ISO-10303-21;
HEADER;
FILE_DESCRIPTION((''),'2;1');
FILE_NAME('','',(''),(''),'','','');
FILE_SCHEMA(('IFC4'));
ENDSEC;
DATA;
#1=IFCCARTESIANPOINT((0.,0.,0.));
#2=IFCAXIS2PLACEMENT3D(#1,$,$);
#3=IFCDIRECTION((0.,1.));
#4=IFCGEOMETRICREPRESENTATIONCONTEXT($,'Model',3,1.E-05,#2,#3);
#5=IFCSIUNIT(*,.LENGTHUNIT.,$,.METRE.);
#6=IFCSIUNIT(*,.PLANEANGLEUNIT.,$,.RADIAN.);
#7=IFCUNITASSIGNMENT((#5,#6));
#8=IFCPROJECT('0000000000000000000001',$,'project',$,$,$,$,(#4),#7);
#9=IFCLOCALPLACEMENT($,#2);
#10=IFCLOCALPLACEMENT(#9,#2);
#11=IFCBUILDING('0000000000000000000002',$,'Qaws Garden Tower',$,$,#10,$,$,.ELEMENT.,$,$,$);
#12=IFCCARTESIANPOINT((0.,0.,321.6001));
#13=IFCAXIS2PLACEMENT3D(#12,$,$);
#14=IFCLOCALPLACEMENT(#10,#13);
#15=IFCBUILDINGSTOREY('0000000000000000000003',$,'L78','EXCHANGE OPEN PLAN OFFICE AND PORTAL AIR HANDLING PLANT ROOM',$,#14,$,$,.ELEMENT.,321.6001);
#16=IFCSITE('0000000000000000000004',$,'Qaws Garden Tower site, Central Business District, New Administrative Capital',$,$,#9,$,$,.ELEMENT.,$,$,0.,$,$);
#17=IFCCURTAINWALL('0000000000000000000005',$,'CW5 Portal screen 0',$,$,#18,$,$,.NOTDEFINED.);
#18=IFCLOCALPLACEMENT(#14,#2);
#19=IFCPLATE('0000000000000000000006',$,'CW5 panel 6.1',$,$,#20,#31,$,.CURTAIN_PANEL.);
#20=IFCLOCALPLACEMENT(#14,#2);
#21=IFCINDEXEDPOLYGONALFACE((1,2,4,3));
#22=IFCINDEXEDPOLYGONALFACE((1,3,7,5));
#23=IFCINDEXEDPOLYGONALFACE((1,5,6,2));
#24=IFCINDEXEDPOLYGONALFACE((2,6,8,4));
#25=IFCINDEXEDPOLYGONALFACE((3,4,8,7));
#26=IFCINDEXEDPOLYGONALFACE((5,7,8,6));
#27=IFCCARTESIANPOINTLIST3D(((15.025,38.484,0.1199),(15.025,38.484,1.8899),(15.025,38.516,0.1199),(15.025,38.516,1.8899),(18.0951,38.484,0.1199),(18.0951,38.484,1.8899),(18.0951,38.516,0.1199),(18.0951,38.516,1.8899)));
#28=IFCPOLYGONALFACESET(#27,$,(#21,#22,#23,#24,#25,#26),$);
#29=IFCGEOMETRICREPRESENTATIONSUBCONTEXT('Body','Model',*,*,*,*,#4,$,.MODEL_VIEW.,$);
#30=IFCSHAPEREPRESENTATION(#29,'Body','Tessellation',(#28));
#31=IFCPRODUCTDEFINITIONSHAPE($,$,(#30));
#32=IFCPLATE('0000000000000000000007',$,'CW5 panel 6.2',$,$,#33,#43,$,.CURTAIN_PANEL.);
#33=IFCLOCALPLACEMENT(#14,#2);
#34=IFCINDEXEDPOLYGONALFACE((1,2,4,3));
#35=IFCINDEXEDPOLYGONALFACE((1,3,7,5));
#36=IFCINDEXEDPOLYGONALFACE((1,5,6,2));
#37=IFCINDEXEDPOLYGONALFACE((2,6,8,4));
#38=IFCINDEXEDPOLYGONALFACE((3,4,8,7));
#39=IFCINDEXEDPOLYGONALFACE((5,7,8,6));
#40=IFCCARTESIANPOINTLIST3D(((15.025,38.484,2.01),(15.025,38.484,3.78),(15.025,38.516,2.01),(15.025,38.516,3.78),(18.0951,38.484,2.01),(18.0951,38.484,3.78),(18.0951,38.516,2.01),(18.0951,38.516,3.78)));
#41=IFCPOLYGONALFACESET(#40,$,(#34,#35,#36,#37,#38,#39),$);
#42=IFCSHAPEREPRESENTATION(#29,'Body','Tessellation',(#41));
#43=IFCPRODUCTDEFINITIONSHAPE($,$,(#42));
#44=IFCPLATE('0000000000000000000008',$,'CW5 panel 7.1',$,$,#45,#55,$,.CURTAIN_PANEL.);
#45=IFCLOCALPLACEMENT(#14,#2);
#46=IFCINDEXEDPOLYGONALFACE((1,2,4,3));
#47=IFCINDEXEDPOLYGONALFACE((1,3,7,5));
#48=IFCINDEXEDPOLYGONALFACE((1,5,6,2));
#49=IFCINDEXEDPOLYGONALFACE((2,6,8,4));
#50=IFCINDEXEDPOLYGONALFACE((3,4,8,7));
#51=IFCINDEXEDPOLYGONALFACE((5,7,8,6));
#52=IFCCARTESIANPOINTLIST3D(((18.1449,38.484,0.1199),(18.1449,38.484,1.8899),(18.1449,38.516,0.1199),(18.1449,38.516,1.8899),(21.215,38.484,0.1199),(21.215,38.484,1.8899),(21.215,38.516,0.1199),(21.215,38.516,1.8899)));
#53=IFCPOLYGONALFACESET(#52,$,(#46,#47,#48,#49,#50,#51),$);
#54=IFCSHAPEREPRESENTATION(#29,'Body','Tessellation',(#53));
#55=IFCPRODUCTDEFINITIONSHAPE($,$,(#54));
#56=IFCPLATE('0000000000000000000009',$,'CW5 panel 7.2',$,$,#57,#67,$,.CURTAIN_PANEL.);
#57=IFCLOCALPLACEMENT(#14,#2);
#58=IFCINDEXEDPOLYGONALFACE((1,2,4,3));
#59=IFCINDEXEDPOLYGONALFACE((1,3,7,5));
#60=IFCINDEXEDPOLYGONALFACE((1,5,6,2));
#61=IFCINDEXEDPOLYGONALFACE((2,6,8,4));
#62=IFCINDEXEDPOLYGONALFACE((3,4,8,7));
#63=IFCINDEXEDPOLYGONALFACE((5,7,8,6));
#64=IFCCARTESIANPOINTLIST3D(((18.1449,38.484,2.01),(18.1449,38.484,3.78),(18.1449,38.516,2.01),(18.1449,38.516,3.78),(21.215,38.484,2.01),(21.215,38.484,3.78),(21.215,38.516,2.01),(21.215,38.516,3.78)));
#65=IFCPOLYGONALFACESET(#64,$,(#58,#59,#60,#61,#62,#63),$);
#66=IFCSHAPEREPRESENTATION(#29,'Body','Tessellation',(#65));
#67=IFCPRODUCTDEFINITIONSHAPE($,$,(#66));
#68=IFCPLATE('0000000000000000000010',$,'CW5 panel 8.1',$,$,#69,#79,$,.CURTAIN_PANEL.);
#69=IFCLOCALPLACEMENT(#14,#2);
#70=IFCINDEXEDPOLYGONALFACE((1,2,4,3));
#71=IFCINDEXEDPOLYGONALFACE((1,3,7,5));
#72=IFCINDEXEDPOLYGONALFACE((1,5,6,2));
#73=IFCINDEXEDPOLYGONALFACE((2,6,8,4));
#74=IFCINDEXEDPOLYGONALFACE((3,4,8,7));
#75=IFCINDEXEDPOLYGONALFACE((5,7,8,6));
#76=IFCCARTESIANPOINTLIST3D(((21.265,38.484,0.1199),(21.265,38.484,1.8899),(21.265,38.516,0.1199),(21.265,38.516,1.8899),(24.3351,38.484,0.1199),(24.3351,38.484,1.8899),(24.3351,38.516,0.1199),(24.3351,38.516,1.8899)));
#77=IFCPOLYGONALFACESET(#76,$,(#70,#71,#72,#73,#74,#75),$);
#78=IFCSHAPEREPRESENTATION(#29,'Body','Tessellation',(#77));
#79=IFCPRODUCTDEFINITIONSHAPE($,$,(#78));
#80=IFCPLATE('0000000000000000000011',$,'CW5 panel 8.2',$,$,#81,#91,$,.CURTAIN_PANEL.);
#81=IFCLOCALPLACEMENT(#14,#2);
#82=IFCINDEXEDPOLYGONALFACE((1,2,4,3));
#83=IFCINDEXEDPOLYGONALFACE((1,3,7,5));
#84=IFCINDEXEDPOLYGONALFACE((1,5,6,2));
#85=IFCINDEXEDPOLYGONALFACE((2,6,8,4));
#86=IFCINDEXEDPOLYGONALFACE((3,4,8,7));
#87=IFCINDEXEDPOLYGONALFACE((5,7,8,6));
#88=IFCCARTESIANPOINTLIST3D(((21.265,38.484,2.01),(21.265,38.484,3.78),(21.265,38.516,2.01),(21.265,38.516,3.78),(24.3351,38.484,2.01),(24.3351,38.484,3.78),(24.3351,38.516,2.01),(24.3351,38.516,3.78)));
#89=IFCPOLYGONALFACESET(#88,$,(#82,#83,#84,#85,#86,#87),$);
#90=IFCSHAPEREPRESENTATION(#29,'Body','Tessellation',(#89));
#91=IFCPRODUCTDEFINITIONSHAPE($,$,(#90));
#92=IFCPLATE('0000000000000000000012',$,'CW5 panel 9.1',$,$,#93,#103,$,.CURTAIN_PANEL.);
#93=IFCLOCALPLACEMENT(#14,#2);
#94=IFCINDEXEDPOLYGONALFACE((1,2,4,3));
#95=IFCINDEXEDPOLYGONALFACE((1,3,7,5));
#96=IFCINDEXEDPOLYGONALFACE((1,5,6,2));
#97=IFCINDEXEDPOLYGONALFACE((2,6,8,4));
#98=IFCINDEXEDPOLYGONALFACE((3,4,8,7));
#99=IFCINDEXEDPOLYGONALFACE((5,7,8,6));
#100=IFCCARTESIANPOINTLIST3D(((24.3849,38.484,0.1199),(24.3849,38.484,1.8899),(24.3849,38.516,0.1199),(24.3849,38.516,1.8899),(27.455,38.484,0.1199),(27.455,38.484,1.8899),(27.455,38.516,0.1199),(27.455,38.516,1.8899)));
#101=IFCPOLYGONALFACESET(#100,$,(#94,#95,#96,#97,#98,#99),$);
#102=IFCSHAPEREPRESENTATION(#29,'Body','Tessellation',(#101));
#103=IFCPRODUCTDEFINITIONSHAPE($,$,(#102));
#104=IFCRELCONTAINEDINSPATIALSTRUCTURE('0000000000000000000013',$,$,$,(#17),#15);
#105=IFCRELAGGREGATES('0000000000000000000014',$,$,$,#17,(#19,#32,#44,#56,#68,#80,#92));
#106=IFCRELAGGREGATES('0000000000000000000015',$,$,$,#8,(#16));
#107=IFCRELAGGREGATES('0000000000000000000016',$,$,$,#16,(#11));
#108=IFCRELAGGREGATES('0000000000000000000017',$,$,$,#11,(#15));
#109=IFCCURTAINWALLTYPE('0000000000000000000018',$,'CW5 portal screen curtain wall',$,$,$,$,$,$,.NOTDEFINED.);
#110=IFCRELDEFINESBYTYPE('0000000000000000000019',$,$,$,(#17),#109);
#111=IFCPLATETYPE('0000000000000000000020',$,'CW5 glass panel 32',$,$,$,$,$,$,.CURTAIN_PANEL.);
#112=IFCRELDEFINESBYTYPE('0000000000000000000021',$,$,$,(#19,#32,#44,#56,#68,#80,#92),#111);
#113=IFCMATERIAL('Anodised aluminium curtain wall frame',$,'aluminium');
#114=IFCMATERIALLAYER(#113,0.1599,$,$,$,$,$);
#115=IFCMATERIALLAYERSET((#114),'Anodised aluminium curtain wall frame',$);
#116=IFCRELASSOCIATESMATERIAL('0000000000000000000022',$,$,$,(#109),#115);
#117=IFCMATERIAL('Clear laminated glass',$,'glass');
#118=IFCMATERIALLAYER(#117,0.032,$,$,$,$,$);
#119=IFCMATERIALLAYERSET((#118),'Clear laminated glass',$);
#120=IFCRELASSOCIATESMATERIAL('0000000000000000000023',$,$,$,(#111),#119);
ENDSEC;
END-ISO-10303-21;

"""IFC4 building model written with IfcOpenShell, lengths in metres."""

from ifc_helpers import new_model, si_unit, direction, frame, origin, origin_2d, place, context, subcontext, project, spatial, rectangle, extrude, material, layer, layer_set, type_object, element, aggregate, save


model = new_model("IFC4")

# Units and contexts
model_context = context("Model", 3, precision=1e-05, world=origin(), true_north=direction((0.0, 1.0)))
body_context = subcontext(model_context, "Body", "Model", "MODEL_VIEW")
ifc_project = project(units=[si_unit("LENGTHUNIT", "METRE"), si_unit("PLANEANGLEUNIT", "RADIAN")], contexts=[model_context])

# Site, building, storey
site_placement = place(None, origin())
site = spatial("IfcSite", under=ifc_project, at=site_placement, Name="Qaws Garden Tower site, Central Business District, New Administrative Capital", CompositionType="ELEMENT", RefElevation=0.0)
building_placement = place(site_placement, origin())
building = spatial("IfcBuilding", under=site, at=building_placement, Name="Qaws Garden Tower", CompositionType="ELEMENT")
storey_placement = place(building_placement, frame((0.0, 0.0, 321.6001)))
storey = spatial("IfcBuildingStorey", under=building, at=storey_placement, Name="L78", Description="EXCHANGE OPEN PLAN OFFICE AND PORTAL AIR HANDLING PLANT ROOM", CompositionType="ELEMENT", Elevation=321.6001)

# Curtain wall, plates
ifc_material_1 = material(Name="Anodised aluminium curtain wall frame", Category="aluminium")
ifc_layer_1 = layer(ifc_material_1, 0.1599)
ifc_layer_set_1 = layer_set([ifc_layer_1], Name="Anodised aluminium curtain wall frame")
curtain_wall_type = type_object("IfcCurtainWallType", Name="CW5 portal screen curtain wall", PredefinedType="NOTDEFINED", material=ifc_layer_set_1)
curtain_wall_placement = place(storey_placement, origin())
curtain_wall = element("IfcCurtainWall", 1, at=curtain_wall_placement, inside=storey, type_object=curtain_wall_type, Name="CW5 Portal screen 0", PredefinedType="NOTDEFINED")
ifc_material_2 = material(Name="Clear laminated glass", Category="glass")
ifc_layer_2 = layer(ifc_material_2, 0.032)
ifc_layer_set_2 = layer_set([ifc_layer_2], Name="Clear laminated glass")
plate_type = type_object("IfcPlateType", Name="CW5 glass panel 32", PredefinedType="CURTAIN_PANEL", material=ifc_layer_set_2)
plate_1_placement = place(storey_placement, frame((16.5601, 38.5, 0.1199), z_axis=(0.0, 0.0, 1.0), x_axis=(1.0, 0.0, 0.0)))
plate_1 = element("IfcPlate", 2, at=plate_1_placement, type_object=plate_type, Name="CW5 panel 6.1", PredefinedType="CURTAIN_PANEL", context=body_context, shape_type="SweptSolid", body=[
    extrude(rectangle(XDim=3.0701, YDim=0.032, at=origin_2d()), origin(), (0.0, 0.0, 1.0), 1.77),
])
plate_2_placement = place(storey_placement, frame((16.5601, 38.5, 2.01), z_axis=(0.0, 0.0, 1.0), x_axis=(1.0, 0.0, 0.0)))
plate_2 = element("IfcPlate", 3, at=plate_2_placement, type_object=plate_type, Name="CW5 panel 6.2", PredefinedType="CURTAIN_PANEL", context=body_context, shape_type="SweptSolid", body=[
    extrude(rectangle(XDim=3.0701, YDim=0.032, at=origin_2d()), origin(), (0.0, 0.0, 1.0), 1.77),
])
plate_3_placement = place(storey_placement, frame((19.6799, 38.5, 0.1199), z_axis=(0.0, 0.0, 1.0), x_axis=(1.0, 0.0, 0.0)))
plate_3 = element("IfcPlate", 4, at=plate_3_placement, type_object=plate_type, Name="CW5 panel 7.1", PredefinedType="CURTAIN_PANEL", context=body_context, shape_type="SweptSolid", body=[
    extrude(rectangle(XDim=3.0701, YDim=0.032, at=origin_2d()), origin(), (0.0, 0.0, 1.0), 1.77),
])
plate_4_placement = place(storey_placement, frame((19.6799, 38.5, 2.01), z_axis=(0.0, 0.0, 1.0), x_axis=(1.0, 0.0, 0.0)))
plate_4 = element("IfcPlate", 5, at=plate_4_placement, type_object=plate_type, Name="CW5 panel 7.2", PredefinedType="CURTAIN_PANEL", context=body_context, shape_type="SweptSolid", body=[
    extrude(rectangle(XDim=3.0701, YDim=0.032, at=origin_2d()), origin(), (0.0, 0.0, 1.0), 1.77),
])
plate_5_placement = place(storey_placement, frame((22.8, 38.5, 0.1199), z_axis=(0.0, 0.0, 1.0), x_axis=(1.0, 0.0, 0.0)))
plate_5 = element("IfcPlate", 6, at=plate_5_placement, type_object=plate_type, Name="CW5 panel 8.1", PredefinedType="CURTAIN_PANEL", context=body_context, shape_type="SweptSolid", body=[
    extrude(rectangle(XDim=3.0701, YDim=0.032, at=origin_2d()), origin(), (0.0, 0.0, 1.0), 1.77),
])
plate_6_placement = place(storey_placement, frame((22.8, 38.5, 2.01), z_axis=(0.0, 0.0, 1.0), x_axis=(1.0, 0.0, 0.0)))
plate_6 = element("IfcPlate", 7, at=plate_6_placement, type_object=plate_type, Name="CW5 panel 8.2", PredefinedType="CURTAIN_PANEL", context=body_context, shape_type="SweptSolid", body=[
    extrude(rectangle(XDim=3.0701, YDim=0.032, at=origin_2d()), origin(), (0.0, 0.0, 1.0), 1.77),
])
plate_7_placement = place(storey_placement, frame((25.9199, 38.5, 0.1199), z_axis=(0.0, 0.0, 1.0), x_axis=(1.0, 0.0, 0.0)))
plate_7 = element("IfcPlate", 8, at=plate_7_placement, type_object=plate_type, Name="CW5 panel 9.1", PredefinedType="CURTAIN_PANEL", context=body_context, shape_type="SweptSolid", body=[
    extrude(rectangle(XDim=3.0701, YDim=0.032, at=origin_2d()), origin(), (0.0, 0.0, 1.0), 1.77),
])
aggregate(curtain_wall, [plate_1, plate_2, plate_3, plate_4, plate_5, plate_6, plate_7])

save(model, "model.ifc")
